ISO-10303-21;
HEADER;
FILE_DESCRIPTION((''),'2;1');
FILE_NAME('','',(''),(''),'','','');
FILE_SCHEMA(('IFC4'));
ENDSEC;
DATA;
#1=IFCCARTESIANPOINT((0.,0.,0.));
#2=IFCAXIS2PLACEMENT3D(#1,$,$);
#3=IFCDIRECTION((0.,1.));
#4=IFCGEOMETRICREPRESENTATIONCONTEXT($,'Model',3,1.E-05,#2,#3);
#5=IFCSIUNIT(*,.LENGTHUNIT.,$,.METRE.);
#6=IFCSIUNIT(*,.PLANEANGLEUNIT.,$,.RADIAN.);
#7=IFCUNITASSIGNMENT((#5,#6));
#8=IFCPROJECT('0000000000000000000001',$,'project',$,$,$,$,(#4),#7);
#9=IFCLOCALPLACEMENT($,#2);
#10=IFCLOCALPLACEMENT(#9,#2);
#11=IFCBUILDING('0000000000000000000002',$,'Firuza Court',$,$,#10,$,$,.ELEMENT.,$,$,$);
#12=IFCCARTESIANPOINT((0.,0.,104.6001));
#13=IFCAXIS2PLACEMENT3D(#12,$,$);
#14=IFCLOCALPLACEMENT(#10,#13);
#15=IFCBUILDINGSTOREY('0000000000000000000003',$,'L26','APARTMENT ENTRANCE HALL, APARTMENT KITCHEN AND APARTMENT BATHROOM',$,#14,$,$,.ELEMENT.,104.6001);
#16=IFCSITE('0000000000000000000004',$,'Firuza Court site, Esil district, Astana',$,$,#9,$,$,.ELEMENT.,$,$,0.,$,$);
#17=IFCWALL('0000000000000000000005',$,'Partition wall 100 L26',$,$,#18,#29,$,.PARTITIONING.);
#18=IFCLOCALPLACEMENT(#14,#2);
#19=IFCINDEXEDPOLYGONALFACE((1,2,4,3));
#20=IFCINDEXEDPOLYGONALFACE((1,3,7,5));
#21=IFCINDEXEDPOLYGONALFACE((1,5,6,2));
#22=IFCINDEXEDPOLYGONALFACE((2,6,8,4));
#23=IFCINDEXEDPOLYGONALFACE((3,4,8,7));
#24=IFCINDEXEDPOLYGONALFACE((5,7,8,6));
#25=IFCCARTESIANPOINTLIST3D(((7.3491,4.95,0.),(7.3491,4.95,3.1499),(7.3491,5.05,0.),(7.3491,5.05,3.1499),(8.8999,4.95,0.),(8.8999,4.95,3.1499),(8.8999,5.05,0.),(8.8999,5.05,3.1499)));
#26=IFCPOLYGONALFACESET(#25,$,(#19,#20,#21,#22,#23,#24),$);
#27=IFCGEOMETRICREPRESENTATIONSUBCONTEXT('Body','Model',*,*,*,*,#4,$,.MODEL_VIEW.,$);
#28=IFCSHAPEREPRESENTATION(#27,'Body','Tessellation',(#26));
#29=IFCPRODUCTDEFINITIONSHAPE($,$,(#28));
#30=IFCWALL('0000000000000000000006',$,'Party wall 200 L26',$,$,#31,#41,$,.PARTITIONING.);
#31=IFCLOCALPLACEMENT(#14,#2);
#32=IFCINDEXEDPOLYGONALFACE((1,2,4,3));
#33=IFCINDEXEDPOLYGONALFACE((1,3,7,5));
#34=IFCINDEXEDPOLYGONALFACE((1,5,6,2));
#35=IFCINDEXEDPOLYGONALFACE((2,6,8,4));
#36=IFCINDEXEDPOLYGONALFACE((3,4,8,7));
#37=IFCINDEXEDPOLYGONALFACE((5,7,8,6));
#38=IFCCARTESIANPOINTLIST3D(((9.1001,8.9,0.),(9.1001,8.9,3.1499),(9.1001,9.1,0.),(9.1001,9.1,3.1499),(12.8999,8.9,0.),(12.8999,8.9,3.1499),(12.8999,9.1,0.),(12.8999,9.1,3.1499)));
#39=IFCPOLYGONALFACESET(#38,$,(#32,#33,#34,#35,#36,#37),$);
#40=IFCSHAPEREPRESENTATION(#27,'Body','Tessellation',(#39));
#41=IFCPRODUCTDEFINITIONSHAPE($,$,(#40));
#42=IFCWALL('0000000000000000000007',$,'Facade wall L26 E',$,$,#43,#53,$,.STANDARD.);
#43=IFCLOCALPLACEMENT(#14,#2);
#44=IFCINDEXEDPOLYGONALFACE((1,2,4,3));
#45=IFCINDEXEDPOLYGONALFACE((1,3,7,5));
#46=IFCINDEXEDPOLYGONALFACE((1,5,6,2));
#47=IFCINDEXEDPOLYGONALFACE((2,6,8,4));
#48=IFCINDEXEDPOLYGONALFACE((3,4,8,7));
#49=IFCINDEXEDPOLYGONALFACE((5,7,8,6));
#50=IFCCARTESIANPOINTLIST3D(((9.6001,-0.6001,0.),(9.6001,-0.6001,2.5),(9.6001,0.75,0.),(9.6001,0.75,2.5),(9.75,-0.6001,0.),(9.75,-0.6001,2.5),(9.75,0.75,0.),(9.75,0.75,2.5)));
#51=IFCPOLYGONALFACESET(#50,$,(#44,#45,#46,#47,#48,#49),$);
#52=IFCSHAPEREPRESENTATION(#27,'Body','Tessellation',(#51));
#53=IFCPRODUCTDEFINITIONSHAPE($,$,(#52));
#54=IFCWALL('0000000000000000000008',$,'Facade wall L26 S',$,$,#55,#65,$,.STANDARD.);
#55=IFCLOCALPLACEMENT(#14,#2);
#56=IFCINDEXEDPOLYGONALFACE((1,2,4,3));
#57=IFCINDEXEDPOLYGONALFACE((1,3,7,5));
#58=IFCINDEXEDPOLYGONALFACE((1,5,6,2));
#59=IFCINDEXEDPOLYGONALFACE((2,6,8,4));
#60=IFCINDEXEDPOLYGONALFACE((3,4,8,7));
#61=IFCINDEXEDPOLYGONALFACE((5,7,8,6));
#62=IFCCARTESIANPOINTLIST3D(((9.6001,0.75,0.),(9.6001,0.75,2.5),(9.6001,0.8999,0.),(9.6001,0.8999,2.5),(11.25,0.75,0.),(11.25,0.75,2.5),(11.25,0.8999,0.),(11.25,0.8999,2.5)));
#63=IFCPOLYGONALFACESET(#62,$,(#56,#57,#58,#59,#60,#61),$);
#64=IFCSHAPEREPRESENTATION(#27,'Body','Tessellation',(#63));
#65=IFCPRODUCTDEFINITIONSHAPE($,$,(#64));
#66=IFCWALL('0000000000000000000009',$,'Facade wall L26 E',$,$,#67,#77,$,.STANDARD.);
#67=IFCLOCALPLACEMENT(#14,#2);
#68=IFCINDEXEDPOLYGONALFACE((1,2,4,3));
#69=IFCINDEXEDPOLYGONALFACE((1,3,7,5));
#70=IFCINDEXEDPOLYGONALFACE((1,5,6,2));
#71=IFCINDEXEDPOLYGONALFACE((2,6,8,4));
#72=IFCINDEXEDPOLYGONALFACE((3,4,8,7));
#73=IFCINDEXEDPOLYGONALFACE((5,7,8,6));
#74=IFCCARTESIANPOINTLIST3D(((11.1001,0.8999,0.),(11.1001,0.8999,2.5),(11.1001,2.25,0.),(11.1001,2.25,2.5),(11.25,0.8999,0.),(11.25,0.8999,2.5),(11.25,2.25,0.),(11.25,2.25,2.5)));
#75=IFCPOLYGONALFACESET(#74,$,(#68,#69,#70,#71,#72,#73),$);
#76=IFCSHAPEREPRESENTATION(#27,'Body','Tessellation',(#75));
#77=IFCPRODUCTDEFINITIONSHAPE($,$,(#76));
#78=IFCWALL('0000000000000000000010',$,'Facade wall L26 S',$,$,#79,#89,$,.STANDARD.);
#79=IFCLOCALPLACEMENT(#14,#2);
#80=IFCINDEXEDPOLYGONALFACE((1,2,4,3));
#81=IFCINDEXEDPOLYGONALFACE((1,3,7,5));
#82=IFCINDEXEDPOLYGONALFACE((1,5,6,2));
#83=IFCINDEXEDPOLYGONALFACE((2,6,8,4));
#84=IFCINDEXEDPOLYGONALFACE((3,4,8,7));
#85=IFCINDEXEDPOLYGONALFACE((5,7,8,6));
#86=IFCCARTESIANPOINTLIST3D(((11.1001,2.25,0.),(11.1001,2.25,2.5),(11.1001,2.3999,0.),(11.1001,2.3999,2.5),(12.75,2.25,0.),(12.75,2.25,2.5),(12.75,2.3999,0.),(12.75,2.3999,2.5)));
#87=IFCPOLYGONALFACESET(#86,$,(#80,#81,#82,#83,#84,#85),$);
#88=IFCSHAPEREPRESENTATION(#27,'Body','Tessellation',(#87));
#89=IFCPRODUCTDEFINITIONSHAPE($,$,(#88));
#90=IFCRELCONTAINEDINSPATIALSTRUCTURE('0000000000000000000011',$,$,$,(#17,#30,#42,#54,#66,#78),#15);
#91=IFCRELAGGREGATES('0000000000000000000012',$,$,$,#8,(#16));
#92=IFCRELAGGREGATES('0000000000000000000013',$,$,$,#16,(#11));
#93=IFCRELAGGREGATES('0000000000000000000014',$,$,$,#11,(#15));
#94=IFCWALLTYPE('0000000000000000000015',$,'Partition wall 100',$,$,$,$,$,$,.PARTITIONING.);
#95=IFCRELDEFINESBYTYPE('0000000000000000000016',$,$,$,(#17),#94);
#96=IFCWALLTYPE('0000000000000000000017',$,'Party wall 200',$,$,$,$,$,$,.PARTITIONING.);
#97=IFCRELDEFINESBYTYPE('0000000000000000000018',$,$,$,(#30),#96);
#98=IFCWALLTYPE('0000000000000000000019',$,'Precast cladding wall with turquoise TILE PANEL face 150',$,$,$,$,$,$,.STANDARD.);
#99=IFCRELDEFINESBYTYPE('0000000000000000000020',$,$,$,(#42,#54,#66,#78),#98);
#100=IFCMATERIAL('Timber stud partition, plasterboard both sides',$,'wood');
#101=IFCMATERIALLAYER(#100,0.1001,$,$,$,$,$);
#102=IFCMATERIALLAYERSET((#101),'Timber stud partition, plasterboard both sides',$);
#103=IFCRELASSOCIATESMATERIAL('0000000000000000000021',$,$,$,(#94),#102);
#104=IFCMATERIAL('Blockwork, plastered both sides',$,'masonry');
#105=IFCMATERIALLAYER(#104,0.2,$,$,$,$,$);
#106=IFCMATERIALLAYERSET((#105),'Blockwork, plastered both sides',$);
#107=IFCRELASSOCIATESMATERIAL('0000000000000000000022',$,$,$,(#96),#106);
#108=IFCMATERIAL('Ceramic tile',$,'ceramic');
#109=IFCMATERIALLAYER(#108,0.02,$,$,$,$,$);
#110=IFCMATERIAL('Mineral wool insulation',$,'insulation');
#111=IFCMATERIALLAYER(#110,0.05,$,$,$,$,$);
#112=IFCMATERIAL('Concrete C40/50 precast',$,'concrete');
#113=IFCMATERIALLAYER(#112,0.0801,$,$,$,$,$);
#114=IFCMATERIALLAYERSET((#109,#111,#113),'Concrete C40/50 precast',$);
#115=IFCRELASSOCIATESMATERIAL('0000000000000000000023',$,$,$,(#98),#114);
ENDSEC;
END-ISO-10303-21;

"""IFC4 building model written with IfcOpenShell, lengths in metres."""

from ifc_helpers import new_model, si_unit, direction, frame, frame_2d, origin, place, context, subcontext, project, spatial, rectangle, extrude, material, layer, layer_set, type_object, element, save


model = new_model("IFC4")

# Units and contexts
model_context = context("Model", 3, precision=1e-05, world=origin(), true_north=direction((0.0, 1.0)))
body_context = subcontext(model_context, "Body", "Model", "MODEL_VIEW")
ifc_project = project(units=[si_unit("LENGTHUNIT", "METRE"), si_unit("PLANEANGLEUNIT", "RADIAN")], contexts=[model_context])

# Site, building, storey
site_placement = place(None, origin())
site = spatial("IfcSite", under=ifc_project, at=site_placement, Name="Firuza Court site, Esil district, Astana", CompositionType="ELEMENT", RefElevation=0.0)
building_placement = place(site_placement, origin())
building = spatial("IfcBuilding", under=site, at=building_placement, Name="Firuza Court", CompositionType="ELEMENT")
storey_placement = place(building_placement, frame((0.0, 0.0, 104.6001)))
storey = spatial("IfcBuildingStorey", under=building, at=storey_placement, Name="L26", Description="APARTMENT ENTRANCE HALL, APARTMENT KITCHEN AND APARTMENT BATHROOM", CompositionType="ELEMENT", Elevation=104.6001)

# Shared definitions
ifc_material_1 = material(Name="Blockwork, plastered both sides", Category="masonry")

# Walls
ifc_material_2 = material(Name="Timber stud partition, plasterboard both sides", Category="wood")
ifc_layer_1 = layer(ifc_material_2, 0.1001)
ifc_layer_set_1 = layer_set([ifc_layer_1], Name="Timber stud partition, plasterboard both sides")
wall_type_1 = type_object("IfcWallType", Name="Partition wall 100", PredefinedType="PARTITIONING", material=ifc_layer_set_1)
wall_1_placement = place(storey_placement, frame((7.3491, 5.0, 0.0), z_axis=(0.0, 0.0, 1.0), x_axis=(1.0, 0.0, 0.0)))
element("IfcWall", 1, at=wall_1_placement, inside=storey, type_object=wall_type_1, Name="Partition wall 100 L26", PredefinedType="PARTITIONING", context=body_context, shape_type="SweptSolid", body=[
    extrude(rectangle(XDim=1.5508, YDim=0.1001, at=frame_2d((0.7754, 0.0))), origin(), (0.0, 0.0, 1.0), 3.1499),
])
ifc_layer_2 = layer(ifc_material_1, 0.2)
ifc_layer_set_2 = layer_set([ifc_layer_2], Name="Blockwork, plastered both sides")
wall_type_2 = type_object("IfcWallType", Name="Party wall 200", PredefinedType="PARTITIONING", material=ifc_layer_set_2)
wall_2_placement = place(storey_placement, frame((9.1001, 9.0, 0.0), z_axis=(0.0, 0.0, 1.0), x_axis=(1.0, 0.0, 0.0)))
element("IfcWall", 2, at=wall_2_placement, inside=storey, type_object=wall_type_2, Name="Party wall 200 L26", PredefinedType="PARTITIONING", context=body_context, shape_type="SweptSolid", body=[
    extrude(rectangle(XDim=3.7998, YDim=0.2, at=frame_2d((1.8999, 0.0))), origin(), (0.0, 0.0, 1.0), 3.1499),
])
ifc_material_3 = material(Name="Ceramic tile", Category="ceramic")
ifc_layer_3 = layer(ifc_material_3, 0.02)
ifc_material_4 = material(Name="Mineral wool insulation", Category="insulation")
ifc_layer_4 = layer(ifc_material_4, 0.05)
ifc_material_5 = material(Name="Concrete C40/50 precast", Category="concrete")
ifc_layer_5 = layer(ifc_material_5, 0.0801)
ifc_layer_set_3 = layer_set([ifc_layer_3, ifc_layer_4, ifc_layer_5], Name="Concrete C40/50 precast")
wall_type_3 = type_object("IfcWallType", Name="Precast cladding wall with turquoise TILE PANEL face 150", PredefinedType="STANDARD", material=ifc_layer_set_3)
wall_3_placement = place(storey_placement, frame((9.675, -0.6001, 0.0), z_axis=(0.0, 0.0, 1.0), x_axis=(0.0, 1.0, 0.0)))
element("IfcWall", 3, at=wall_3_placement, inside=storey, type_object=wall_type_3, Name="Facade wall L26 E", PredefinedType="STANDARD", context=body_context, shape_type="SweptSolid", body=[
    extrude(rectangle(XDim=1.3501, YDim=0.1499, at=frame_2d((0.675, 0.0))), origin(), (0.0, 0.0, 1.0), 2.5),
])
wall_4_placement = place(storey_placement, frame((9.6001, 0.825, 0.0), z_axis=(0.0, 0.0, 1.0), x_axis=(1.0, 0.0, 0.0)))
element("IfcWall", 4, at=wall_4_placement, inside=storey, type_object=wall_type_3, Name="Facade wall L26 S", PredefinedType="STANDARD", context=body_context, shape_type="SweptSolid", body=[
    extrude(rectangle(XDim=1.6499, YDim=0.1499, at=frame_2d((0.825, 0.0))), origin(), (0.0, 0.0, 1.0), 2.5),
])
wall_5_placement = place(storey_placement, frame((11.175, 0.8999, 0.0), z_axis=(0.0, 0.0, 1.0), x_axis=(0.0, 1.0, 0.0)))
element("IfcWall", 5, at=wall_5_placement, inside=storey, type_object=wall_type_3, Name="Facade wall L26 E", PredefinedType="STANDARD", context=body_context, shape_type="SweptSolid", body=[
    extrude(rectangle(XDim=1.3501, YDim=0.1499, at=frame_2d((0.675, 0.0))), origin(), (0.0, 0.0, 1.0), 2.5),
])
wall_6_placement = place(storey_placement, frame((11.1001, 2.325, 0.0), z_axis=(0.0, 0.0, 1.0), x_axis=(1.0, 0.0, 0.0)))
element("IfcWall", 6, at=wall_6_placement, inside=storey, type_object=wall_type_3, Name="Facade wall L26 S", PredefinedType="STANDARD", context=body_context, shape_type="SweptSolid", body=[
    extrude(rectangle(XDim=1.6499, YDim=0.1499, at=frame_2d((0.825, 0.0))), origin(), (0.0, 0.0, 1.0), 2.5),
])

save(model, "model.ifc")
